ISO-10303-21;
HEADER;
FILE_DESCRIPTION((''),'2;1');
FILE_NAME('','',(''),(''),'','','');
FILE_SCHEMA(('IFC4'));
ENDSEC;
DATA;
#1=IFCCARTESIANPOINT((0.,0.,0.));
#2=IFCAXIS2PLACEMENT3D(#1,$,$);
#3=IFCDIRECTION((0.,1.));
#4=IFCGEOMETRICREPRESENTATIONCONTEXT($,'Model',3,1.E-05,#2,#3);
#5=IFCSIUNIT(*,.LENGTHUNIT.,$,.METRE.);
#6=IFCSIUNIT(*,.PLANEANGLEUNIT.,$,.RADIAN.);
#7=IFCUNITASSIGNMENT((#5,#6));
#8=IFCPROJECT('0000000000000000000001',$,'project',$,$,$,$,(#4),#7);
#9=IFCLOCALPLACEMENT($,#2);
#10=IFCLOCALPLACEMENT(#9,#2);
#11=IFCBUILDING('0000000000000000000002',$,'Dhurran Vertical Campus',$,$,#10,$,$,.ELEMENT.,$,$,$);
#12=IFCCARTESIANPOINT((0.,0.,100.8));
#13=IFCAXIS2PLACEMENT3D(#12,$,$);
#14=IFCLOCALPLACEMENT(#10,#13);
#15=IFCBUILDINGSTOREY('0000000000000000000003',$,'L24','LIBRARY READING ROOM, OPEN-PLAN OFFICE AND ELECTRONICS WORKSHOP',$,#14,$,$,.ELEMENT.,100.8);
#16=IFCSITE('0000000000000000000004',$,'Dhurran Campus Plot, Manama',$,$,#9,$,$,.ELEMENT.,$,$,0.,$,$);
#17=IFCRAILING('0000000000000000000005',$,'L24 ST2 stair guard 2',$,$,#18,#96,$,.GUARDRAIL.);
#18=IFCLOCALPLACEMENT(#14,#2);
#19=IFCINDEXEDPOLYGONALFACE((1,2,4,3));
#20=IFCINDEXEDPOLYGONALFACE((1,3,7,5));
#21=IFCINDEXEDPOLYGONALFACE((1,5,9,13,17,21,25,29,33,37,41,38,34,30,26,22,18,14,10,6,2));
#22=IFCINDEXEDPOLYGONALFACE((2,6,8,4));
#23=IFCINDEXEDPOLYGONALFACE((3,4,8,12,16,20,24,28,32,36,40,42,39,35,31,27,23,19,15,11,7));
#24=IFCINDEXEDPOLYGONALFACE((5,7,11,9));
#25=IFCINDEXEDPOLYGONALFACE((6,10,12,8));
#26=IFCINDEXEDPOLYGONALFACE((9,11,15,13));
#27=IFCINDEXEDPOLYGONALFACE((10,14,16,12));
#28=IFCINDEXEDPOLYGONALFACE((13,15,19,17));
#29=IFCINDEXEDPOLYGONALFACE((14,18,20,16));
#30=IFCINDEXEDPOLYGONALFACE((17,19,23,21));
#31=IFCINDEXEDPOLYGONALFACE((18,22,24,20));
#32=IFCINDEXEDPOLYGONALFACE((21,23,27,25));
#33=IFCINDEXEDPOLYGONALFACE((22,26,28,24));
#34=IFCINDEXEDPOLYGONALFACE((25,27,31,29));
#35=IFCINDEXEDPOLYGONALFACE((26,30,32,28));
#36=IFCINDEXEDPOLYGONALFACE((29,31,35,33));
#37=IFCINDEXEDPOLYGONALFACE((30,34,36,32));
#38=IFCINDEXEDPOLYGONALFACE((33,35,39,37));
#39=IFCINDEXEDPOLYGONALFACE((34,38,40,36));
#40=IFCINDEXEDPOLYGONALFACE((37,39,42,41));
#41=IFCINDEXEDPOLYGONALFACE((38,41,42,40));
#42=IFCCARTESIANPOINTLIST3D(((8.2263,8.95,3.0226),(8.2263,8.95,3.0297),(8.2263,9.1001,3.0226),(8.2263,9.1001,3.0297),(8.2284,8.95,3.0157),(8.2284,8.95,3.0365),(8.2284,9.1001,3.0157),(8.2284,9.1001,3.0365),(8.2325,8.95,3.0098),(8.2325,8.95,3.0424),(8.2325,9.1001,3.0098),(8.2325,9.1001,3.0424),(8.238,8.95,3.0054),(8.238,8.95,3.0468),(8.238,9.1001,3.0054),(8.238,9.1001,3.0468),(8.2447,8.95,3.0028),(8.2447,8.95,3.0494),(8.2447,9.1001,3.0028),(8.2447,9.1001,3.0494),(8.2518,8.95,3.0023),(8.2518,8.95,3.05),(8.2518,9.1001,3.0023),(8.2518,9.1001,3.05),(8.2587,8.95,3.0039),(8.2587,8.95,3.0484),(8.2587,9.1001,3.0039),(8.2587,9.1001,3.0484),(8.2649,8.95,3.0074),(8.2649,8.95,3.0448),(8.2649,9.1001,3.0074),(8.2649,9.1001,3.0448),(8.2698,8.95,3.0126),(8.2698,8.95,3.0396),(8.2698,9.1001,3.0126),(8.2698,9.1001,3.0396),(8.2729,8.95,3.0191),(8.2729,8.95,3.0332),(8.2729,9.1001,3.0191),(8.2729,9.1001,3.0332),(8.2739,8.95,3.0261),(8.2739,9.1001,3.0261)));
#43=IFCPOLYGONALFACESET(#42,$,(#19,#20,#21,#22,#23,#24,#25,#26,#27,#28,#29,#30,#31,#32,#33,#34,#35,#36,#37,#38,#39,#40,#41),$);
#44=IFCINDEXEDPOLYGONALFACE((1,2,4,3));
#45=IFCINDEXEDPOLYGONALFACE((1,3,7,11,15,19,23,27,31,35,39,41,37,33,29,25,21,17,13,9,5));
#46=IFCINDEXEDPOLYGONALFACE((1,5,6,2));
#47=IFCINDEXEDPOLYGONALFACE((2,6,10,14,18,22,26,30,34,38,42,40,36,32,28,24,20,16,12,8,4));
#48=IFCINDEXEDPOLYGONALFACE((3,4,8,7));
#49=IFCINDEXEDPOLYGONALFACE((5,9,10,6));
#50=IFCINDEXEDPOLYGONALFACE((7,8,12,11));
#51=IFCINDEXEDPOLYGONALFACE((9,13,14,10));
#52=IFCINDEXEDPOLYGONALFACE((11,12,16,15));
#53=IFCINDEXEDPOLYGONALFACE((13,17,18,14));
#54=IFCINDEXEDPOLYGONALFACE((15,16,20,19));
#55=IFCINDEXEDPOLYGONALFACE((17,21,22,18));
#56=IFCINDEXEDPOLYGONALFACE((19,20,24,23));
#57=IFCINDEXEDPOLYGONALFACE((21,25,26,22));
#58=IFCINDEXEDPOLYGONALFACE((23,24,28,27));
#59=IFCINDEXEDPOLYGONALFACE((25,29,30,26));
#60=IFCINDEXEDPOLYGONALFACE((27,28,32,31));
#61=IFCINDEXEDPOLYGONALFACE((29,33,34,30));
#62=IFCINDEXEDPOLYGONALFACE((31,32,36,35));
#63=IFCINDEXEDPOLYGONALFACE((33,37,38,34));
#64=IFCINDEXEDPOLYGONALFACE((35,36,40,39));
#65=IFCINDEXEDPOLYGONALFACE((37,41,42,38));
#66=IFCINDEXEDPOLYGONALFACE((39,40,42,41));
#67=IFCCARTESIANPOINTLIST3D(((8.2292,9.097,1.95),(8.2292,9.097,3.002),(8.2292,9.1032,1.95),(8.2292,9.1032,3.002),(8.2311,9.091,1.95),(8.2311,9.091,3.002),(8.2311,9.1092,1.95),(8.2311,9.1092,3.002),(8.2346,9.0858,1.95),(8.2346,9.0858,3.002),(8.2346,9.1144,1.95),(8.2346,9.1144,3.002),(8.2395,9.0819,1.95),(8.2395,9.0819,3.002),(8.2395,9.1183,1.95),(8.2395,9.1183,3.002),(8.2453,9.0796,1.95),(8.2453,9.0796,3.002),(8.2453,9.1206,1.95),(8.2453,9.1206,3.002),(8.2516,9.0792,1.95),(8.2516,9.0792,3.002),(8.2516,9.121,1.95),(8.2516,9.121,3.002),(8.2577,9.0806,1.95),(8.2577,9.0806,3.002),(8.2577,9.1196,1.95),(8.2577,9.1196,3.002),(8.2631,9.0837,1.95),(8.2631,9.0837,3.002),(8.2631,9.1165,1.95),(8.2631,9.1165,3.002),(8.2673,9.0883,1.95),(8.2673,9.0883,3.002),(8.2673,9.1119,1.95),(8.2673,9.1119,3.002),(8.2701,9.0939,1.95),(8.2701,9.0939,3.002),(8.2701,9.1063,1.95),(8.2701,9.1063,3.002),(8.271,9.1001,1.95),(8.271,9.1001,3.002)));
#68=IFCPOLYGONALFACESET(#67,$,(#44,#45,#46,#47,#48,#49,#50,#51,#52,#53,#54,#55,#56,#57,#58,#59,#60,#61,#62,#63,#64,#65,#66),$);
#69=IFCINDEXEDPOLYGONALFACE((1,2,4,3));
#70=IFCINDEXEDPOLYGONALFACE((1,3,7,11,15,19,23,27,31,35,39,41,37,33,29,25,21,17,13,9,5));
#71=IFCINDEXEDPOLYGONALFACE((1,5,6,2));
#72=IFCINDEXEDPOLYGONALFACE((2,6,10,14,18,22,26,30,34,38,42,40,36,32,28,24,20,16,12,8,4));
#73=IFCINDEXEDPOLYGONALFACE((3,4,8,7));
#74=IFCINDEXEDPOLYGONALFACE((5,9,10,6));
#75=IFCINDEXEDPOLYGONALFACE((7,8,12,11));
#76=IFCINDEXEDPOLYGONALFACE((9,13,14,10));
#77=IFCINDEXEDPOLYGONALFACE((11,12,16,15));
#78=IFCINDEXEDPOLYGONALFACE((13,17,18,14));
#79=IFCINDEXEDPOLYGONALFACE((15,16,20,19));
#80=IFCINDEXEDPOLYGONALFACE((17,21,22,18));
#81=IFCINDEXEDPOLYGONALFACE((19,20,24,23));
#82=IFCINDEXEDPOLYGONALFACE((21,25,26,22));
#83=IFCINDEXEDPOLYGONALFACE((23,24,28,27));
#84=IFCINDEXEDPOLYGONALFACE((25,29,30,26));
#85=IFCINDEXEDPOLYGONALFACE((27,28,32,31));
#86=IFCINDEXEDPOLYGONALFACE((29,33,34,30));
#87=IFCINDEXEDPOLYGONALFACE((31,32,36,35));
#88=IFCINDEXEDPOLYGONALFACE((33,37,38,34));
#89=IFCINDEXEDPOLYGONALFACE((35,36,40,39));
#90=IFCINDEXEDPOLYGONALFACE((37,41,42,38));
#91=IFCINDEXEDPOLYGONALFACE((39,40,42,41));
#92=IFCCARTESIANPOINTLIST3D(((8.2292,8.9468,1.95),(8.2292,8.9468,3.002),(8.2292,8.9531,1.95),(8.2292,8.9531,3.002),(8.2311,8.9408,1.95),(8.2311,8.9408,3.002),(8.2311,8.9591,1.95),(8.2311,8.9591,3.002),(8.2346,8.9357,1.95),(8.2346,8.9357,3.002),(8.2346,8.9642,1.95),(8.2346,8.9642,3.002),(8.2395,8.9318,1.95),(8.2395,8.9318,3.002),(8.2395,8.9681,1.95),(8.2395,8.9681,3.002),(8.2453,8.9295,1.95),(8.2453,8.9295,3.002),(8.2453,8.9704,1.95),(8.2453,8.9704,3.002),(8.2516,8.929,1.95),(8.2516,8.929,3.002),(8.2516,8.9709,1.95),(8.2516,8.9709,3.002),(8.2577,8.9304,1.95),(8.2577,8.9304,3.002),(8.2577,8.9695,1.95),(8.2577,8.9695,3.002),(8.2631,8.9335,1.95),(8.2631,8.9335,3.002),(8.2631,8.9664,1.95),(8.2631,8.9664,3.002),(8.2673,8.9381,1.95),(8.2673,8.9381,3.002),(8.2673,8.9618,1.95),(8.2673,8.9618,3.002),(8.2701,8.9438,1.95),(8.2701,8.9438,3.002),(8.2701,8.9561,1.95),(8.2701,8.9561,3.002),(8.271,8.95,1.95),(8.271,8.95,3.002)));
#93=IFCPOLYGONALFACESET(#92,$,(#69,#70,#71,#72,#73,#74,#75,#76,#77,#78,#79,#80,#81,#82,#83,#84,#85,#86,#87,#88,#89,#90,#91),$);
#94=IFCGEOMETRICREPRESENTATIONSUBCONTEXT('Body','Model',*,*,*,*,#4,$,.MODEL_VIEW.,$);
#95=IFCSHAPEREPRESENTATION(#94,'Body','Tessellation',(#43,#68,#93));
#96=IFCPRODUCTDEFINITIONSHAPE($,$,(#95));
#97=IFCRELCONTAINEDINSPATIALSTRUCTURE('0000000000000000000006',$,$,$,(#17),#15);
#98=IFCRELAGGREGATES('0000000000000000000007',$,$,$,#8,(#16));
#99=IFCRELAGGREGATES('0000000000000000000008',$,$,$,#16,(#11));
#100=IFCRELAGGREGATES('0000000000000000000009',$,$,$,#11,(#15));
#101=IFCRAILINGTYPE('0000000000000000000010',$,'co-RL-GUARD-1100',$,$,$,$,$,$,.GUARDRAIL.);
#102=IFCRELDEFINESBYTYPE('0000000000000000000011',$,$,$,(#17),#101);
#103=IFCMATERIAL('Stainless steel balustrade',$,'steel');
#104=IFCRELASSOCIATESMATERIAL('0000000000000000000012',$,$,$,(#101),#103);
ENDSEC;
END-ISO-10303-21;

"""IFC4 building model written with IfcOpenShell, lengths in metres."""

from ifc_helpers import new_model, si_unit, direction, frame, origin, origin_2d, place, context, subcontext, project, spatial, circle, extrude, material, type_object, element, save


model = new_model("IFC4")

# Units and contexts
model_context = context("Model", 3, precision=1e-05, world=origin(), true_north=direction((0.0, 1.0)))
body_context = subcontext(model_context, "Body", "Model", "MODEL_VIEW")
ifc_project = project(units=[si_unit("LENGTHUNIT", "METRE"), si_unit("PLANEANGLEUNIT", "RADIAN")], contexts=[model_context])

# Site, building, storey
site_placement = place(None, origin())
site = spatial("IfcSite", under=ifc_project, at=site_placement, Name="Dhurran Campus Plot, Manama", CompositionType="ELEMENT", RefElevation=0.0)
building_placement = place(site_placement, origin())
building = spatial("IfcBuilding", under=site, at=building_placement, Name="Dhurran Vertical Campus", CompositionType="ELEMENT")
storey_placement = place(building_placement, frame((0.0, 0.0, 100.8)))
storey = spatial("IfcBuildingStorey", under=building, at=storey_placement, Name="L24", Description="LIBRARY READING ROOM, OPEN-PLAN OFFICE AND ELECTRONICS WORKSHOP", CompositionType="ELEMENT", Elevation=100.8)

# Railing
ifc_material_1 = material(Name="Stainless steel balustrade", Category="steel")
railing_type = type_object("IfcRailingType", Name="co-RL-GUARD-1100", PredefinedType="GUARDRAIL", material=ifc_material_1)
railing_1_placement = place(storey_placement, frame((8.25, 9.1001, 1.95)))
element("IfcRailing", 1, at=railing_1_placement, inside=storey, type_object=railing_type, Name="L24 ST2 stair guard 2", PredefinedType="GUARDRAIL", context=body_context, shape_type="SweptSolid", body=[
    extrude(circle(Radius=0.0239, at=origin_2d()), frame((0.0, 0.0, 1.0762), z_axis=(0.0, -1.0, 0.0), x_axis=(1.0, 0.0, 0.0)), (0.0, 0.0, 1.0), 0.1501),
    extrude(circle(Radius=0.021, at=origin_2d()), origin(), (0.0, 0.0, 1.0), 1.052),
    extrude(circle(Radius=0.021, at=origin_2d()), frame((0.0, -0.1501, 0.0)), (0.0, 0.0, 1.0), 1.052),
])

save(model, "model.ifc")
